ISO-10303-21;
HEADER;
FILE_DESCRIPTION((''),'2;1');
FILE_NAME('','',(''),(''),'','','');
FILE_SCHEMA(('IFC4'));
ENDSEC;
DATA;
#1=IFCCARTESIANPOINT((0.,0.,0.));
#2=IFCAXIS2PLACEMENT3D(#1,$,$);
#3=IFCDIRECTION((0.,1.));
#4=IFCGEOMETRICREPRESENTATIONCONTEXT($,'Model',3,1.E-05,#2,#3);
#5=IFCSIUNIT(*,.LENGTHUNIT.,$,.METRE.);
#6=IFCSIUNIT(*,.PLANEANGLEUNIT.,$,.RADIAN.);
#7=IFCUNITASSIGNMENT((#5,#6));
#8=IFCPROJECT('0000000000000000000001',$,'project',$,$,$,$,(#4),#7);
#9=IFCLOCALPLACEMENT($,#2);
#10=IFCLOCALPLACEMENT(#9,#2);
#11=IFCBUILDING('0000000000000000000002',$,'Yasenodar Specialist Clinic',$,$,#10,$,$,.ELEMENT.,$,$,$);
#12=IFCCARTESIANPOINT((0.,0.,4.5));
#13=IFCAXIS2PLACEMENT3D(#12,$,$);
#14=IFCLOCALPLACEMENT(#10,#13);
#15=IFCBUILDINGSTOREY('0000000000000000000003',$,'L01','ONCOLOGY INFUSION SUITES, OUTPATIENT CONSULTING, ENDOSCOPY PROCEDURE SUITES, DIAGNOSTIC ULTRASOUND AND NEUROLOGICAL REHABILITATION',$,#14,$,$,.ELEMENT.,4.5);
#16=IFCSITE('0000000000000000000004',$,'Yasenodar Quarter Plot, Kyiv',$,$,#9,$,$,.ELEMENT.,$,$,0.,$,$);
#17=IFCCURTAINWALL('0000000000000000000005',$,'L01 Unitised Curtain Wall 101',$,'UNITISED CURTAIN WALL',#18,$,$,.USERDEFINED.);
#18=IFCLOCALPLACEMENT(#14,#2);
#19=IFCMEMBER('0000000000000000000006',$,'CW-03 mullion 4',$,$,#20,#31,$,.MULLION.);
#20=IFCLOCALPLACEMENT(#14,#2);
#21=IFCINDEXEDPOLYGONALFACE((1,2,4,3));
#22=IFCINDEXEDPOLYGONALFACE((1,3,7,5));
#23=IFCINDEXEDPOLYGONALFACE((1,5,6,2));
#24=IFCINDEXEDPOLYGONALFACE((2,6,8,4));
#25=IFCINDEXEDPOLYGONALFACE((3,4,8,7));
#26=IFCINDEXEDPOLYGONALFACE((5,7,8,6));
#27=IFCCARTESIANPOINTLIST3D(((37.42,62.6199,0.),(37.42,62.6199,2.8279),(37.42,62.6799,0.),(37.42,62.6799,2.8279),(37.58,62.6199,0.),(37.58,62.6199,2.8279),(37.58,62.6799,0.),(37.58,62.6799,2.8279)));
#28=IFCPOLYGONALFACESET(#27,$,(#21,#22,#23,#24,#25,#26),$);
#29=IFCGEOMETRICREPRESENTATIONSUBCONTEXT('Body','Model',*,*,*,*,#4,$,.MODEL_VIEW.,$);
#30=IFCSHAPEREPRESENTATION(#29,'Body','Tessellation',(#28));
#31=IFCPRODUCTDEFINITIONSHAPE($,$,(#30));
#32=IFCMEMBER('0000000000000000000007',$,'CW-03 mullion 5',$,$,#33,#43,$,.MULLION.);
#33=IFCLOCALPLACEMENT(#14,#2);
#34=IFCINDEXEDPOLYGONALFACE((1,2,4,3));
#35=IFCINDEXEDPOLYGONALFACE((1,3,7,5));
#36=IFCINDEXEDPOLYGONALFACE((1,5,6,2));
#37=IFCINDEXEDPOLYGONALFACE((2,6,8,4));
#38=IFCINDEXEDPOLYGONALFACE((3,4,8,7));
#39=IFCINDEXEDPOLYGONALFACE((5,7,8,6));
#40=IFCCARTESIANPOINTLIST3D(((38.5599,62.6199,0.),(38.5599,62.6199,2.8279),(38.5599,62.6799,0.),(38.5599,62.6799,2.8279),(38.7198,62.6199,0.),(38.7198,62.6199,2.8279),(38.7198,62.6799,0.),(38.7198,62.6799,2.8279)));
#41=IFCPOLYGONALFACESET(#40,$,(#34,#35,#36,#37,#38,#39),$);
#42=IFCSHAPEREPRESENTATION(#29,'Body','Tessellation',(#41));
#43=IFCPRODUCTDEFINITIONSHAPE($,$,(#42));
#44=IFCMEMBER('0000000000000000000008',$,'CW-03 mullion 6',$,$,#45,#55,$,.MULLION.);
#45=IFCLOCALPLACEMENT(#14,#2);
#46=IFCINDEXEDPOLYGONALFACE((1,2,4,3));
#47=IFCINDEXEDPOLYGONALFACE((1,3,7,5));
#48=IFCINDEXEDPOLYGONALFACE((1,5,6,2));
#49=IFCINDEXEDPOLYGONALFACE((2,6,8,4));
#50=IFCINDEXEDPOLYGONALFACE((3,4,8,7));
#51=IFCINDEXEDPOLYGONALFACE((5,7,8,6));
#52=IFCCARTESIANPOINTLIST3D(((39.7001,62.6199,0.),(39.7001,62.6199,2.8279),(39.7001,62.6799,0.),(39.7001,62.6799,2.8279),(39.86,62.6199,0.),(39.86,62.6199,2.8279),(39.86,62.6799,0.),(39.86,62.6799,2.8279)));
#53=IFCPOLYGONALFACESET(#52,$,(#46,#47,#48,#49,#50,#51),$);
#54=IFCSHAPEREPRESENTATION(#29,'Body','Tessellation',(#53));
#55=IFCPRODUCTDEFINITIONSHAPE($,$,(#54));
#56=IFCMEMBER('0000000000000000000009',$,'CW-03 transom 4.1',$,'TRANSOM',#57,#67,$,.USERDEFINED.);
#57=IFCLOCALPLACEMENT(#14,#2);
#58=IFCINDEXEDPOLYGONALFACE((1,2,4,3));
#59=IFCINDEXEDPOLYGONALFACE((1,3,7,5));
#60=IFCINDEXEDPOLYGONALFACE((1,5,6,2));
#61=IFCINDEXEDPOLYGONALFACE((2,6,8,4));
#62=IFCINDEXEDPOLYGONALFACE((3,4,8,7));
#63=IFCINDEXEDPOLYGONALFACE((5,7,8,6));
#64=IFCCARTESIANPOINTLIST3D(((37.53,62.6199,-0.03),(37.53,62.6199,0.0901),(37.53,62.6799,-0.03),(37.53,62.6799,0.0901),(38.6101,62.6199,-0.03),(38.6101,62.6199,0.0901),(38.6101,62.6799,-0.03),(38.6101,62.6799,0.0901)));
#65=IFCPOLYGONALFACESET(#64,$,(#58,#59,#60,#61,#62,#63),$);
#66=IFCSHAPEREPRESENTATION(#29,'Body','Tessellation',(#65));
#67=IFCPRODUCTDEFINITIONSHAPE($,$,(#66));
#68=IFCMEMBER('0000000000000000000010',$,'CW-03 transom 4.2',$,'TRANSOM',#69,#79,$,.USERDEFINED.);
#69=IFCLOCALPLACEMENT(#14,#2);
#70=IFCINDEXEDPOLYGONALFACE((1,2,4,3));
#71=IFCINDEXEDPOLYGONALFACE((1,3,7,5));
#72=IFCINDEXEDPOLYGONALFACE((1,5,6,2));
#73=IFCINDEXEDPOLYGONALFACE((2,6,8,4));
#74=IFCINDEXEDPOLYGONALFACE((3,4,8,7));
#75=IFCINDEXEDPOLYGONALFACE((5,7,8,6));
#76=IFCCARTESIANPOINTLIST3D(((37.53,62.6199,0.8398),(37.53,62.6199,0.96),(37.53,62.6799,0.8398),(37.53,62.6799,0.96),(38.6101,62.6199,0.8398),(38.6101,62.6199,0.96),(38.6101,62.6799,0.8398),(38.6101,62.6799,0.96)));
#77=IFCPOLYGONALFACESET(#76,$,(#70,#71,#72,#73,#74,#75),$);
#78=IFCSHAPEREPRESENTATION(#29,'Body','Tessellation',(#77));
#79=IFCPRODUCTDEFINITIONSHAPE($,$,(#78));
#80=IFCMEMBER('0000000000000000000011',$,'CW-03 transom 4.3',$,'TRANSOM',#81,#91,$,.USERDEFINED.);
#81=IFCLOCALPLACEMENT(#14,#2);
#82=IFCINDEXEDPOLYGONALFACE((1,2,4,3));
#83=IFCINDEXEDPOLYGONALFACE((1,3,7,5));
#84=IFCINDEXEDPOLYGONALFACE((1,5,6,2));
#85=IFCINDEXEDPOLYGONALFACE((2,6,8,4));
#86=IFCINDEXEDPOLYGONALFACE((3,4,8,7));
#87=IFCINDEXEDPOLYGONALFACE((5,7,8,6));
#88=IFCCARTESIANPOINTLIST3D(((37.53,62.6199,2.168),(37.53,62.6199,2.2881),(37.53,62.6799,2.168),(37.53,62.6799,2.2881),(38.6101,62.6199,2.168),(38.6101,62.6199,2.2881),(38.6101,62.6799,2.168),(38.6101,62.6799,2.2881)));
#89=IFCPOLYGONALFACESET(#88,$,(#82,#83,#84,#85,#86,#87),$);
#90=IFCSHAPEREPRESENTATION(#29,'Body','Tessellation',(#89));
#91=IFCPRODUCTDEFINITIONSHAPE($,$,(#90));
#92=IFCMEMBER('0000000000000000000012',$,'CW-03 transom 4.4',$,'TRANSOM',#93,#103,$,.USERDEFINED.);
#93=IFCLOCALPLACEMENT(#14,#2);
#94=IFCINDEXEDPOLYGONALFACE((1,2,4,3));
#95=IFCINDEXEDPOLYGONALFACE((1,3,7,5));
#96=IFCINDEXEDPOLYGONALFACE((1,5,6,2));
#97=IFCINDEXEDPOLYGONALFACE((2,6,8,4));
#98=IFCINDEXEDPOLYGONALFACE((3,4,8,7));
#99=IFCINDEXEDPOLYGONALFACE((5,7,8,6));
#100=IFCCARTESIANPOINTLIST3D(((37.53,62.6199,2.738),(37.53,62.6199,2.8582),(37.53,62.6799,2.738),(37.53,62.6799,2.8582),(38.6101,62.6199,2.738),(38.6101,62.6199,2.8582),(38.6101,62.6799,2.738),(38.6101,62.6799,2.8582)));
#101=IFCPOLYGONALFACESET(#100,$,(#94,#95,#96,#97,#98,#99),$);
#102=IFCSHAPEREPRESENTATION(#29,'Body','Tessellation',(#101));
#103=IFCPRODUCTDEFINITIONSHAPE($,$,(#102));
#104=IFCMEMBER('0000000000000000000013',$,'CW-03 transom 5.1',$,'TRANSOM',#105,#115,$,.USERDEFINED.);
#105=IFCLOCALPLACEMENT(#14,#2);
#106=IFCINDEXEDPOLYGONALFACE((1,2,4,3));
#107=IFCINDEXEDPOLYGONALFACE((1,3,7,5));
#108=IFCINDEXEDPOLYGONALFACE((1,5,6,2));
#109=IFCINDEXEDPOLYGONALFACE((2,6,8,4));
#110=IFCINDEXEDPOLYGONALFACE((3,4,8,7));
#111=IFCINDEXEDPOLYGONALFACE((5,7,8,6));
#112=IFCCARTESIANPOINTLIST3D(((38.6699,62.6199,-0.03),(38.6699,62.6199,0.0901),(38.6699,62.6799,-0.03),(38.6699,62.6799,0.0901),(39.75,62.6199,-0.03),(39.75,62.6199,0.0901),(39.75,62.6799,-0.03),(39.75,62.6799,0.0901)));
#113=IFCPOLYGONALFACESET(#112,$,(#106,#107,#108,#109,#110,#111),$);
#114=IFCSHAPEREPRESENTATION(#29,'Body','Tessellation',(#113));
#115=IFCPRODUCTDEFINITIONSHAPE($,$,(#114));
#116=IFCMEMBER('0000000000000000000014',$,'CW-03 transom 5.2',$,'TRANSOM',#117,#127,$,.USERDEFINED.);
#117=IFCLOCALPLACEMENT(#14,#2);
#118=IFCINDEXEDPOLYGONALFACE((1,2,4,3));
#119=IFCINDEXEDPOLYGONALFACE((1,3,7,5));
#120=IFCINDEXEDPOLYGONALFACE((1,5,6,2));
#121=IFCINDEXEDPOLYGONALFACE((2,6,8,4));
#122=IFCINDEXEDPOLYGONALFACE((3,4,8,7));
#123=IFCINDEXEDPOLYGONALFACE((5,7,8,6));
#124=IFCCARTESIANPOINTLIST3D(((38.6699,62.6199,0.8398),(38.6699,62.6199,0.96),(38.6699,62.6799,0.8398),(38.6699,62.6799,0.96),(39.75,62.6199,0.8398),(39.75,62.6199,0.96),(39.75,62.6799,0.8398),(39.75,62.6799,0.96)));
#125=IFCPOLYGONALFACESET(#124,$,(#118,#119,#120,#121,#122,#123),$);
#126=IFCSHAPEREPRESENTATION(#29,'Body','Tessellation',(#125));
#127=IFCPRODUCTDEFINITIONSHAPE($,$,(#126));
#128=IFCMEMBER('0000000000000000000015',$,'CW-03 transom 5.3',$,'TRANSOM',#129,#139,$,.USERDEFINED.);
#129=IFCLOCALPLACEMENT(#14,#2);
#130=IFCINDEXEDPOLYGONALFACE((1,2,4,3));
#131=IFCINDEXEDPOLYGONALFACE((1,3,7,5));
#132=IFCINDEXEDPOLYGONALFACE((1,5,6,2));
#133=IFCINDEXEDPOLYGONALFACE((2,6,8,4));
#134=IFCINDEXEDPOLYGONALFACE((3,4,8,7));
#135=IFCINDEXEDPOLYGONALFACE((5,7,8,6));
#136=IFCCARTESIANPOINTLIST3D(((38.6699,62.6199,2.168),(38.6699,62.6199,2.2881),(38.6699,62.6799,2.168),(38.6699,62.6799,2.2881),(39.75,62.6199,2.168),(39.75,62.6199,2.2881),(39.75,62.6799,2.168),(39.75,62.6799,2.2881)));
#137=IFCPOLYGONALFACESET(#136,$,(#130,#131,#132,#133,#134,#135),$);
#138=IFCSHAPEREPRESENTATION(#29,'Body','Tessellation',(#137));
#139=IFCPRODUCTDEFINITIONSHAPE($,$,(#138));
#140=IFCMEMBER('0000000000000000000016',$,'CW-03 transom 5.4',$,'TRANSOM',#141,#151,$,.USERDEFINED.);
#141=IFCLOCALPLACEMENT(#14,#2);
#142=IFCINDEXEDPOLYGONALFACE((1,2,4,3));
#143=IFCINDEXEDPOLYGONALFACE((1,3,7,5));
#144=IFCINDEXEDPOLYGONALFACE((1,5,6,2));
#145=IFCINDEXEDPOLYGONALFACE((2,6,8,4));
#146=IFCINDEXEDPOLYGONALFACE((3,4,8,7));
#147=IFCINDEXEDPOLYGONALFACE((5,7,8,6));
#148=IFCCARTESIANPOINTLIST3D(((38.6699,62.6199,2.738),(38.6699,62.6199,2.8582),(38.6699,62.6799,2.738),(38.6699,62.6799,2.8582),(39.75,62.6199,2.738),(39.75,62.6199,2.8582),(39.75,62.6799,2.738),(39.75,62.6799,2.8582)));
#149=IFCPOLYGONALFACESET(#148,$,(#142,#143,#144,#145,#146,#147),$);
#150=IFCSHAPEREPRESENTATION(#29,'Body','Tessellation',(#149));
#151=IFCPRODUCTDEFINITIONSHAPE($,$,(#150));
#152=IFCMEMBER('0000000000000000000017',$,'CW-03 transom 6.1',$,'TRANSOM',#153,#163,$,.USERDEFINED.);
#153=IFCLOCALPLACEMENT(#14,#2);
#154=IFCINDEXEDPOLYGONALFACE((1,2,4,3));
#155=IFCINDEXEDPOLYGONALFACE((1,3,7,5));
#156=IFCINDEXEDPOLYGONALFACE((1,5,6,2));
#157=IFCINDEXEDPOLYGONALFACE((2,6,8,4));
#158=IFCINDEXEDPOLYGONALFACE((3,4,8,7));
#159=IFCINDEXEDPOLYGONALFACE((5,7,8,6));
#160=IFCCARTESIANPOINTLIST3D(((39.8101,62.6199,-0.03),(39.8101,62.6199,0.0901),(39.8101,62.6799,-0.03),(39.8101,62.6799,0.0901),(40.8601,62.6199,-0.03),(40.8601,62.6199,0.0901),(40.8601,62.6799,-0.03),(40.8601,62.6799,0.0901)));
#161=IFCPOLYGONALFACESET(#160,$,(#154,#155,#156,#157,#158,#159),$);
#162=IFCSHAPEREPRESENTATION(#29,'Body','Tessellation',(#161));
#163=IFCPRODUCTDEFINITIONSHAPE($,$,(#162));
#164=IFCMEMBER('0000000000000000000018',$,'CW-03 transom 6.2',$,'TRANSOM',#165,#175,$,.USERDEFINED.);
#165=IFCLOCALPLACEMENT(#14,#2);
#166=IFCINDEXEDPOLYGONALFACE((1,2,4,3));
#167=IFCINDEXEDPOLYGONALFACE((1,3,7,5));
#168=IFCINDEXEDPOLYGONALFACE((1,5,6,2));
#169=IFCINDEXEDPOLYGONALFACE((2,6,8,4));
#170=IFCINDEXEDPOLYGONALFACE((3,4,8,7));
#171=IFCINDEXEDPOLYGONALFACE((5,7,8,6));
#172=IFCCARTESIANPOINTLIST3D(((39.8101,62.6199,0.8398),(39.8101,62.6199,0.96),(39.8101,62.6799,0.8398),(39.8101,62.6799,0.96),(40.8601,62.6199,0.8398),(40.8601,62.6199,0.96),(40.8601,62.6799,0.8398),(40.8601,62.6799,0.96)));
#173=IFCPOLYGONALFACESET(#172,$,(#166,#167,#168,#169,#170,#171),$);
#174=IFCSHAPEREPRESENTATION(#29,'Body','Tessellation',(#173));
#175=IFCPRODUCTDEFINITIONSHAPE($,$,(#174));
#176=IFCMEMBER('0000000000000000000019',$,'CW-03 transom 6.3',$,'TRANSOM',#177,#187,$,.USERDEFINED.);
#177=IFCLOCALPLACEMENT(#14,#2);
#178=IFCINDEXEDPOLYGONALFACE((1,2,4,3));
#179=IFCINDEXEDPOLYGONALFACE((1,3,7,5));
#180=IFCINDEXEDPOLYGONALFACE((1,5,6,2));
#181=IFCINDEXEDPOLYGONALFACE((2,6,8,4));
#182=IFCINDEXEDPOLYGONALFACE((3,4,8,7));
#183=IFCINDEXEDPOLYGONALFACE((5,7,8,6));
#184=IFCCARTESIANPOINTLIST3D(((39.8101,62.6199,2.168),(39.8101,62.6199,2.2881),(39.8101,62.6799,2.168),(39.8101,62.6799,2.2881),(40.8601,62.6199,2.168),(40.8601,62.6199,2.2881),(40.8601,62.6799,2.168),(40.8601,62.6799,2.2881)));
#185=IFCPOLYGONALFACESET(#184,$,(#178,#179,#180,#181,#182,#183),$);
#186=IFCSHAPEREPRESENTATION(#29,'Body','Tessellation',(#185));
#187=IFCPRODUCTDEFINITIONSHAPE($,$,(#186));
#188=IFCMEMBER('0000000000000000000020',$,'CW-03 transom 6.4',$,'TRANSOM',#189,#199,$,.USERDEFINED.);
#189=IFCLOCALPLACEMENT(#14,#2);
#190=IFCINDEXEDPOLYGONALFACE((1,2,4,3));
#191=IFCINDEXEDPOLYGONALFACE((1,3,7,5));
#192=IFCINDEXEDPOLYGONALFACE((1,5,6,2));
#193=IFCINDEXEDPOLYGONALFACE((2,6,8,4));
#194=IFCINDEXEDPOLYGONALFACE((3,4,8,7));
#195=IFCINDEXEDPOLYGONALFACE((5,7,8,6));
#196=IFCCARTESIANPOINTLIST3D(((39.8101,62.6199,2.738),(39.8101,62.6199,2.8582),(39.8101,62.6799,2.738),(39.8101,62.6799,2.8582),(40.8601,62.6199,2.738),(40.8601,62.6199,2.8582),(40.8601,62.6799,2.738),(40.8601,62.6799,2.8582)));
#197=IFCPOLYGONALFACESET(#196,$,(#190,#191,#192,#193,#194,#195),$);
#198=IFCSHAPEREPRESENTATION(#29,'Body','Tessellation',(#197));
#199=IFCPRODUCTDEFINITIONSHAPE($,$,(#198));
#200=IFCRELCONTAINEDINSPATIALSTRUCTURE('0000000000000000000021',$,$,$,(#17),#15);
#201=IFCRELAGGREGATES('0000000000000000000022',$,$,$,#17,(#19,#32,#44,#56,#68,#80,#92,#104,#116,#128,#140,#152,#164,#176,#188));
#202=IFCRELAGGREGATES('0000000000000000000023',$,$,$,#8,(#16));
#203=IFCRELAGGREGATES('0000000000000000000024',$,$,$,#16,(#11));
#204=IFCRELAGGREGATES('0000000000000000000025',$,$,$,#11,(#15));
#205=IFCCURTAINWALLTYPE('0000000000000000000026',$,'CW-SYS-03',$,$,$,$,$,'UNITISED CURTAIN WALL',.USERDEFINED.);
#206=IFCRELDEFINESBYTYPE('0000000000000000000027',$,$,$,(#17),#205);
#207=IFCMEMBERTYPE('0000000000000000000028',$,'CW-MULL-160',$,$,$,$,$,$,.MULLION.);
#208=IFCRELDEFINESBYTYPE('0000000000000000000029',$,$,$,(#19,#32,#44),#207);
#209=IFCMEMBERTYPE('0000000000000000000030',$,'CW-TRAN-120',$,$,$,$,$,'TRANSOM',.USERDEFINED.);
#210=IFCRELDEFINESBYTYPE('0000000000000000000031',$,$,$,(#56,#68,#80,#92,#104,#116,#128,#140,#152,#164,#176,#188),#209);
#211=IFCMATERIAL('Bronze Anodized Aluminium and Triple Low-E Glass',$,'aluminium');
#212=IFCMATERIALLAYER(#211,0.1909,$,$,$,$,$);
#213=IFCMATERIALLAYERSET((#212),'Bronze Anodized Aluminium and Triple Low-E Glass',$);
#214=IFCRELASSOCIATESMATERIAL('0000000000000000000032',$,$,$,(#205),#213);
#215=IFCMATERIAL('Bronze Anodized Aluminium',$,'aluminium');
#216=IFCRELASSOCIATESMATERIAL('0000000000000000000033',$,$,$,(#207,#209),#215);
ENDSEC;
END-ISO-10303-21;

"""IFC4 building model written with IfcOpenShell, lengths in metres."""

from ifc_helpers import new_model, si_unit, direction, frame, origin, origin_2d, place, context, subcontext, project, spatial, rectangle, extrude, material, layer, layer_set, material_profile, profile_set, type_object, element, aggregate, save


model = new_model("IFC4")

# Units and contexts
model_context = context("Model", 3, precision=1e-05, world=origin(), true_north=direction((0.0, 1.0)))
body_context = subcontext(model_context, "Body", "Model", "MODEL_VIEW")
ifc_project = project(units=[si_unit("LENGTHUNIT", "METRE"), si_unit("PLANEANGLEUNIT", "RADIAN")], contexts=[model_context])

# Site, building, storey
site_placement = place(None, origin())
site = spatial("IfcSite", under=ifc_project, at=site_placement, Name="Yasenodar Quarter Plot, Kyiv", CompositionType="ELEMENT", RefElevation=0.0)
building_placement = place(site_placement, origin())
building = spatial("IfcBuilding", under=site, at=building_placement, Name="Yasenodar Specialist Clinic", CompositionType="ELEMENT")
storey_placement = place(building_placement, frame((0.0, 0.0, 4.5)))
storey = spatial("IfcBuildingStorey", under=building, at=storey_placement, Name="L01", Description="ONCOLOGY INFUSION SUITES, OUTPATIENT CONSULTING, ENDOSCOPY PROCEDURE SUITES, DIAGNOSTIC ULTRASOUND AND NEUROLOGICAL REHABILITATION", CompositionType="ELEMENT", Elevation=4.5)

# Curtain wall, members
ifc_material_1 = material(Name="Bronze Anodized Aluminium and Triple Low-E Glass", Category="aluminium")
ifc_layer_1 = layer(ifc_material_1, 0.1909)
ifc_layer_set_1 = layer_set([ifc_layer_1], Name="Bronze Anodized Aluminium and Triple Low-E Glass")
curtain_wall_type = type_object("IfcCurtainWallType", Name="CW-SYS-03", ElementType="UNITISED CURTAIN WALL", PredefinedType="USERDEFINED", material=ifc_layer_set_1)
curtain_wall_placement = place(storey_placement, origin())
curtain_wall = element("IfcCurtainWall", 1, at=curtain_wall_placement, inside=storey, type_object=curtain_wall_type, Name="L01 Unitised Curtain Wall 101", ObjectType="UNITISED CURTAIN WALL", PredefinedType="USERDEFINED")
ifc_material_2 = material(Name="Bronze Anodized Aluminium", Category="aluminium")
ifc_material_profile_1 = material_profile(ifc_material_2, rectangle(XDim=0.0601, YDim=0.1599, at=origin_2d()), Name="CW-MULL 60x160")
ifc_profile_set_1 = profile_set([ifc_material_profile_1], Name="Bronze Anodized Aluminium")
member_type_1 = type_object("IfcMemberType", Name="CW-MULL-160", PredefinedType="MULLION", material=ifc_profile_set_1)
member_1_placement = place(storey_placement, frame((37.5, 62.6499, 0.0), z_axis=(0.0, 0.0, 1.0), x_axis=(0.0, 1.0, 0.0)))
member_1 = element("IfcMember", 2, at=member_1_placement, type_object=member_type_1, Name="CW-03 mullion 4", PredefinedType="MULLION", context=body_context, shape_type="SweptSolid", body=[
    extrude(rectangle(XDim=0.0601, YDim=0.1599, at=origin_2d()), origin(), (0.0, 0.0, 1.0), 2.8279),
])
member_2_placement = place(storey_placement, frame((38.6399, 62.6499, 0.0), z_axis=(0.0, 0.0, 1.0), x_axis=(0.0, 1.0, 0.0)))
member_2 = element("IfcMember", 3, at=member_2_placement, type_object=member_type_1, Name="CW-03 mullion 5", PredefinedType="MULLION", context=body_context, shape_type="SweptSolid", body=[
    extrude(rectangle(XDim=0.0601, YDim=0.1599, at=origin_2d()), origin(), (0.0, 0.0, 1.0), 2.8279),
])
member_3_placement = place(storey_placement, frame((39.78, 62.6499, 0.0), z_axis=(0.0, 0.0, 1.0), x_axis=(0.0, 1.0, 0.0)))
member_3 = element("IfcMember", 4, at=member_3_placement, type_object=member_type_1, Name="CW-03 mullion 6", PredefinedType="MULLION", context=body_context, shape_type="SweptSolid", body=[
    extrude(rectangle(XDim=0.0601, YDim=0.1599, at=origin_2d()), origin(), (0.0, 0.0, 1.0), 2.8279),
])
ifc_material_profile_2 = material_profile(ifc_material_2, rectangle(XDim=0.0601, YDim=0.1201, at=origin_2d()), Name="CW-TRAN 60x120")
ifc_profile_set_2 = profile_set([ifc_material_profile_2], Name="Bronze Anodized Aluminium")
member_type_2 = type_object("IfcMemberType", Name="CW-TRAN-120", ElementType="TRANSOM", PredefinedType="USERDEFINED", material=ifc_profile_set_2)
member_4_placement = place(storey_placement, frame((37.53, 62.6499, 0.03), z_axis=(1.0, 0.0, 0.0), x_axis=(0.0, 1.0, 0.0)))
member_4 = element("IfcMember", 5, at=member_4_placement, type_object=member_type_2, Name="CW-03 transom 4.1", ObjectType="TRANSOM", PredefinedType="USERDEFINED", context=body_context, shape_type="SweptSolid", body=[
    extrude(rectangle(XDim=0.0601, YDim=0.1201, at=origin_2d()), origin(), (0.0, 0.0, 1.0), 1.0801),
])
member_5_placement = place(storey_placement, frame((37.53, 62.6499, 0.8999), z_axis=(1.0, 0.0, 0.0), x_axis=(0.0, 1.0, 0.0)))
member_5 = element("IfcMember", 6, at=member_5_placement, type_object=member_type_2, Name="CW-03 transom 4.2", ObjectType="TRANSOM", PredefinedType="USERDEFINED", context=body_context, shape_type="SweptSolid", body=[
    extrude(rectangle(XDim=0.0601, YDim=0.1201, at=origin_2d()), origin(), (0.0, 0.0, 1.0), 1.0801),
])
member_6_placement = place(storey_placement, frame((37.53, 62.6499, 2.228), z_axis=(1.0, 0.0, 0.0), x_axis=(0.0, 1.0, 0.0)))
member_6 = element("IfcMember", 7, at=member_6_placement, type_object=member_type_2, Name="CW-03 transom 4.3", ObjectType="TRANSOM", PredefinedType="USERDEFINED", context=body_context, shape_type="SweptSolid", body=[
    extrude(rectangle(XDim=0.0601, YDim=0.1201, at=origin_2d()), origin(), (0.0, 0.0, 1.0), 1.0801),
])
member_7_placement = place(storey_placement, frame((37.53, 62.6499, 2.7981), z_axis=(1.0, 0.0, 0.0), x_axis=(0.0, 1.0, 0.0)))
member_7 = element("IfcMember", 8, at=member_7_placement, type_object=member_type_2, Name="CW-03 transom 4.4", ObjectType="TRANSOM", PredefinedType="USERDEFINED", context=body_context, shape_type="SweptSolid", body=[
    extrude(rectangle(XDim=0.0601, YDim=0.1201, at=origin_2d()), origin(), (0.0, 0.0, 1.0), 1.0801),
])
member_8_placement = place(storey_placement, frame((38.6699, 62.6499, 0.03), z_axis=(1.0, 0.0, 0.0), x_axis=(0.0, 1.0, 0.0)))
member_8 = element("IfcMember", 9, at=member_8_placement, type_object=member_type_2, Name="CW-03 transom 5.1", ObjectType="TRANSOM", PredefinedType="USERDEFINED", context=body_context, shape_type="SweptSolid", body=[
    extrude(rectangle(XDim=0.0601, YDim=0.1201, at=origin_2d()), origin(), (0.0, 0.0, 1.0), 1.0801),
])
member_9_placement = place(storey_placement, frame((38.6699, 62.6499, 0.8999), z_axis=(1.0, 0.0, 0.0), x_axis=(0.0, 1.0, 0.0)))
member_9 = element("IfcMember", 10, at=member_9_placement, type_object=member_type_2, Name="CW-03 transom 5.2", ObjectType="TRANSOM", PredefinedType="USERDEFINED", context=body_context, shape_type="SweptSolid", body=[
    extrude(rectangle(XDim=0.0601, YDim=0.1201, at=origin_2d()), origin(), (0.0, 0.0, 1.0), 1.0801),
])
member_10_placement = place(storey_placement, frame((38.6699, 62.6499, 2.228), z_axis=(1.0, 0.0, 0.0), x_axis=(0.0, 1.0, 0.0)))
member_10 = element("IfcMember", 11, at=member_10_placement, type_object=member_type_2, Name="CW-03 transom 5.3", ObjectType="TRANSOM", PredefinedType="USERDEFINED", context=body_context, shape_type="SweptSolid", body=[
    extrude(rectangle(XDim=0.0601, YDim=0.1201, at=origin_2d()), origin(), (0.0, 0.0, 1.0), 1.0801),
])
member_11_placement = place(storey_placement, frame((38.6699, 62.6499, 2.7981), z_axis=(1.0, 0.0, 0.0), x_axis=(0.0, 1.0, 0.0)))
member_11 = element("IfcMember", 12, at=member_11_placement, type_object=member_type_2, Name="CW-03 transom 5.4", ObjectType="TRANSOM", PredefinedType="USERDEFINED", context=body_context, shape_type="SweptSolid", body=[
    extrude(rectangle(XDim=0.0601, YDim=0.1201, at=origin_2d()), origin(), (0.0, 0.0, 1.0), 1.0801),
])
member_12_placement = place(storey_placement, frame((39.8101, 62.6499, 0.03), z_axis=(1.0, 0.0, 0.0), x_axis=(0.0, 1.0, 0.0)))
member_12 = element("IfcMember", 13, at=member_12_placement, type_object=member_type_2, Name="CW-03 transom 6.1", ObjectType="TRANSOM", PredefinedType="USERDEFINED", context=body_context, shape_type="SweptSolid", body=[
    extrude(rectangle(XDim=0.0601, YDim=0.1201, at=origin_2d()), origin(), (0.0, 0.0, 1.0), 1.05),
])
member_13_placement = place(storey_placement, frame((39.8101, 62.6499, 0.8999), z_axis=(1.0, 0.0, 0.0), x_axis=(0.0, 1.0, 0.0)))
member_13 = element("IfcMember", 14, at=member_13_placement, type_object=member_type_2, Name="CW-03 transom 6.2", ObjectType="TRANSOM", PredefinedType="USERDEFINED", context=body_context, shape_type="SweptSolid", body=[
    extrude(rectangle(XDim=0.0601, YDim=0.1201, at=origin_2d()), origin(), (0.0, 0.0, 1.0), 1.05),
])
member_14_placement = place(storey_placement, frame((39.8101, 62.6499, 2.228), z_axis=(1.0, 0.0, 0.0), x_axis=(0.0, 1.0, 0.0)))
member_14 = element("IfcMember", 15, at=member_14_placement, type_object=member_type_2, Name="CW-03 transom 6.3", ObjectType="TRANSOM", PredefinedType="USERDEFINED", context=body_context, shape_type="SweptSolid", body=[
    extrude(rectangle(XDim=0.0601, YDim=0.1201, at=origin_2d()), origin(), (0.0, 0.0, 1.0), 1.05),
])
member_15_placement = place(storey_placement, frame((39.8101, 62.6499, 2.7981), z_axis=(1.0, 0.0, 0.0), x_axis=(0.0, 1.0, 0.0)))
member_15 = element("IfcMember", 16, at=member_15_placement, type_object=member_type_2, Name="CW-03 transom 6.4", ObjectType="TRANSOM", PredefinedType="USERDEFINED", context=body_context, shape_type="SweptSolid", body=[
    extrude(rectangle(XDim=0.0601, YDim=0.1201, at=origin_2d()), origin(), (0.0, 0.0, 1.0), 1.05),
])
aggregate(curtain_wall, [member_1, member_2, member_3, member_4, member_5, member_6, member_7, member_8, member_9, member_10, member_11, member_12, member_13, member_14, member_15])

save(model, "model.ifc")
